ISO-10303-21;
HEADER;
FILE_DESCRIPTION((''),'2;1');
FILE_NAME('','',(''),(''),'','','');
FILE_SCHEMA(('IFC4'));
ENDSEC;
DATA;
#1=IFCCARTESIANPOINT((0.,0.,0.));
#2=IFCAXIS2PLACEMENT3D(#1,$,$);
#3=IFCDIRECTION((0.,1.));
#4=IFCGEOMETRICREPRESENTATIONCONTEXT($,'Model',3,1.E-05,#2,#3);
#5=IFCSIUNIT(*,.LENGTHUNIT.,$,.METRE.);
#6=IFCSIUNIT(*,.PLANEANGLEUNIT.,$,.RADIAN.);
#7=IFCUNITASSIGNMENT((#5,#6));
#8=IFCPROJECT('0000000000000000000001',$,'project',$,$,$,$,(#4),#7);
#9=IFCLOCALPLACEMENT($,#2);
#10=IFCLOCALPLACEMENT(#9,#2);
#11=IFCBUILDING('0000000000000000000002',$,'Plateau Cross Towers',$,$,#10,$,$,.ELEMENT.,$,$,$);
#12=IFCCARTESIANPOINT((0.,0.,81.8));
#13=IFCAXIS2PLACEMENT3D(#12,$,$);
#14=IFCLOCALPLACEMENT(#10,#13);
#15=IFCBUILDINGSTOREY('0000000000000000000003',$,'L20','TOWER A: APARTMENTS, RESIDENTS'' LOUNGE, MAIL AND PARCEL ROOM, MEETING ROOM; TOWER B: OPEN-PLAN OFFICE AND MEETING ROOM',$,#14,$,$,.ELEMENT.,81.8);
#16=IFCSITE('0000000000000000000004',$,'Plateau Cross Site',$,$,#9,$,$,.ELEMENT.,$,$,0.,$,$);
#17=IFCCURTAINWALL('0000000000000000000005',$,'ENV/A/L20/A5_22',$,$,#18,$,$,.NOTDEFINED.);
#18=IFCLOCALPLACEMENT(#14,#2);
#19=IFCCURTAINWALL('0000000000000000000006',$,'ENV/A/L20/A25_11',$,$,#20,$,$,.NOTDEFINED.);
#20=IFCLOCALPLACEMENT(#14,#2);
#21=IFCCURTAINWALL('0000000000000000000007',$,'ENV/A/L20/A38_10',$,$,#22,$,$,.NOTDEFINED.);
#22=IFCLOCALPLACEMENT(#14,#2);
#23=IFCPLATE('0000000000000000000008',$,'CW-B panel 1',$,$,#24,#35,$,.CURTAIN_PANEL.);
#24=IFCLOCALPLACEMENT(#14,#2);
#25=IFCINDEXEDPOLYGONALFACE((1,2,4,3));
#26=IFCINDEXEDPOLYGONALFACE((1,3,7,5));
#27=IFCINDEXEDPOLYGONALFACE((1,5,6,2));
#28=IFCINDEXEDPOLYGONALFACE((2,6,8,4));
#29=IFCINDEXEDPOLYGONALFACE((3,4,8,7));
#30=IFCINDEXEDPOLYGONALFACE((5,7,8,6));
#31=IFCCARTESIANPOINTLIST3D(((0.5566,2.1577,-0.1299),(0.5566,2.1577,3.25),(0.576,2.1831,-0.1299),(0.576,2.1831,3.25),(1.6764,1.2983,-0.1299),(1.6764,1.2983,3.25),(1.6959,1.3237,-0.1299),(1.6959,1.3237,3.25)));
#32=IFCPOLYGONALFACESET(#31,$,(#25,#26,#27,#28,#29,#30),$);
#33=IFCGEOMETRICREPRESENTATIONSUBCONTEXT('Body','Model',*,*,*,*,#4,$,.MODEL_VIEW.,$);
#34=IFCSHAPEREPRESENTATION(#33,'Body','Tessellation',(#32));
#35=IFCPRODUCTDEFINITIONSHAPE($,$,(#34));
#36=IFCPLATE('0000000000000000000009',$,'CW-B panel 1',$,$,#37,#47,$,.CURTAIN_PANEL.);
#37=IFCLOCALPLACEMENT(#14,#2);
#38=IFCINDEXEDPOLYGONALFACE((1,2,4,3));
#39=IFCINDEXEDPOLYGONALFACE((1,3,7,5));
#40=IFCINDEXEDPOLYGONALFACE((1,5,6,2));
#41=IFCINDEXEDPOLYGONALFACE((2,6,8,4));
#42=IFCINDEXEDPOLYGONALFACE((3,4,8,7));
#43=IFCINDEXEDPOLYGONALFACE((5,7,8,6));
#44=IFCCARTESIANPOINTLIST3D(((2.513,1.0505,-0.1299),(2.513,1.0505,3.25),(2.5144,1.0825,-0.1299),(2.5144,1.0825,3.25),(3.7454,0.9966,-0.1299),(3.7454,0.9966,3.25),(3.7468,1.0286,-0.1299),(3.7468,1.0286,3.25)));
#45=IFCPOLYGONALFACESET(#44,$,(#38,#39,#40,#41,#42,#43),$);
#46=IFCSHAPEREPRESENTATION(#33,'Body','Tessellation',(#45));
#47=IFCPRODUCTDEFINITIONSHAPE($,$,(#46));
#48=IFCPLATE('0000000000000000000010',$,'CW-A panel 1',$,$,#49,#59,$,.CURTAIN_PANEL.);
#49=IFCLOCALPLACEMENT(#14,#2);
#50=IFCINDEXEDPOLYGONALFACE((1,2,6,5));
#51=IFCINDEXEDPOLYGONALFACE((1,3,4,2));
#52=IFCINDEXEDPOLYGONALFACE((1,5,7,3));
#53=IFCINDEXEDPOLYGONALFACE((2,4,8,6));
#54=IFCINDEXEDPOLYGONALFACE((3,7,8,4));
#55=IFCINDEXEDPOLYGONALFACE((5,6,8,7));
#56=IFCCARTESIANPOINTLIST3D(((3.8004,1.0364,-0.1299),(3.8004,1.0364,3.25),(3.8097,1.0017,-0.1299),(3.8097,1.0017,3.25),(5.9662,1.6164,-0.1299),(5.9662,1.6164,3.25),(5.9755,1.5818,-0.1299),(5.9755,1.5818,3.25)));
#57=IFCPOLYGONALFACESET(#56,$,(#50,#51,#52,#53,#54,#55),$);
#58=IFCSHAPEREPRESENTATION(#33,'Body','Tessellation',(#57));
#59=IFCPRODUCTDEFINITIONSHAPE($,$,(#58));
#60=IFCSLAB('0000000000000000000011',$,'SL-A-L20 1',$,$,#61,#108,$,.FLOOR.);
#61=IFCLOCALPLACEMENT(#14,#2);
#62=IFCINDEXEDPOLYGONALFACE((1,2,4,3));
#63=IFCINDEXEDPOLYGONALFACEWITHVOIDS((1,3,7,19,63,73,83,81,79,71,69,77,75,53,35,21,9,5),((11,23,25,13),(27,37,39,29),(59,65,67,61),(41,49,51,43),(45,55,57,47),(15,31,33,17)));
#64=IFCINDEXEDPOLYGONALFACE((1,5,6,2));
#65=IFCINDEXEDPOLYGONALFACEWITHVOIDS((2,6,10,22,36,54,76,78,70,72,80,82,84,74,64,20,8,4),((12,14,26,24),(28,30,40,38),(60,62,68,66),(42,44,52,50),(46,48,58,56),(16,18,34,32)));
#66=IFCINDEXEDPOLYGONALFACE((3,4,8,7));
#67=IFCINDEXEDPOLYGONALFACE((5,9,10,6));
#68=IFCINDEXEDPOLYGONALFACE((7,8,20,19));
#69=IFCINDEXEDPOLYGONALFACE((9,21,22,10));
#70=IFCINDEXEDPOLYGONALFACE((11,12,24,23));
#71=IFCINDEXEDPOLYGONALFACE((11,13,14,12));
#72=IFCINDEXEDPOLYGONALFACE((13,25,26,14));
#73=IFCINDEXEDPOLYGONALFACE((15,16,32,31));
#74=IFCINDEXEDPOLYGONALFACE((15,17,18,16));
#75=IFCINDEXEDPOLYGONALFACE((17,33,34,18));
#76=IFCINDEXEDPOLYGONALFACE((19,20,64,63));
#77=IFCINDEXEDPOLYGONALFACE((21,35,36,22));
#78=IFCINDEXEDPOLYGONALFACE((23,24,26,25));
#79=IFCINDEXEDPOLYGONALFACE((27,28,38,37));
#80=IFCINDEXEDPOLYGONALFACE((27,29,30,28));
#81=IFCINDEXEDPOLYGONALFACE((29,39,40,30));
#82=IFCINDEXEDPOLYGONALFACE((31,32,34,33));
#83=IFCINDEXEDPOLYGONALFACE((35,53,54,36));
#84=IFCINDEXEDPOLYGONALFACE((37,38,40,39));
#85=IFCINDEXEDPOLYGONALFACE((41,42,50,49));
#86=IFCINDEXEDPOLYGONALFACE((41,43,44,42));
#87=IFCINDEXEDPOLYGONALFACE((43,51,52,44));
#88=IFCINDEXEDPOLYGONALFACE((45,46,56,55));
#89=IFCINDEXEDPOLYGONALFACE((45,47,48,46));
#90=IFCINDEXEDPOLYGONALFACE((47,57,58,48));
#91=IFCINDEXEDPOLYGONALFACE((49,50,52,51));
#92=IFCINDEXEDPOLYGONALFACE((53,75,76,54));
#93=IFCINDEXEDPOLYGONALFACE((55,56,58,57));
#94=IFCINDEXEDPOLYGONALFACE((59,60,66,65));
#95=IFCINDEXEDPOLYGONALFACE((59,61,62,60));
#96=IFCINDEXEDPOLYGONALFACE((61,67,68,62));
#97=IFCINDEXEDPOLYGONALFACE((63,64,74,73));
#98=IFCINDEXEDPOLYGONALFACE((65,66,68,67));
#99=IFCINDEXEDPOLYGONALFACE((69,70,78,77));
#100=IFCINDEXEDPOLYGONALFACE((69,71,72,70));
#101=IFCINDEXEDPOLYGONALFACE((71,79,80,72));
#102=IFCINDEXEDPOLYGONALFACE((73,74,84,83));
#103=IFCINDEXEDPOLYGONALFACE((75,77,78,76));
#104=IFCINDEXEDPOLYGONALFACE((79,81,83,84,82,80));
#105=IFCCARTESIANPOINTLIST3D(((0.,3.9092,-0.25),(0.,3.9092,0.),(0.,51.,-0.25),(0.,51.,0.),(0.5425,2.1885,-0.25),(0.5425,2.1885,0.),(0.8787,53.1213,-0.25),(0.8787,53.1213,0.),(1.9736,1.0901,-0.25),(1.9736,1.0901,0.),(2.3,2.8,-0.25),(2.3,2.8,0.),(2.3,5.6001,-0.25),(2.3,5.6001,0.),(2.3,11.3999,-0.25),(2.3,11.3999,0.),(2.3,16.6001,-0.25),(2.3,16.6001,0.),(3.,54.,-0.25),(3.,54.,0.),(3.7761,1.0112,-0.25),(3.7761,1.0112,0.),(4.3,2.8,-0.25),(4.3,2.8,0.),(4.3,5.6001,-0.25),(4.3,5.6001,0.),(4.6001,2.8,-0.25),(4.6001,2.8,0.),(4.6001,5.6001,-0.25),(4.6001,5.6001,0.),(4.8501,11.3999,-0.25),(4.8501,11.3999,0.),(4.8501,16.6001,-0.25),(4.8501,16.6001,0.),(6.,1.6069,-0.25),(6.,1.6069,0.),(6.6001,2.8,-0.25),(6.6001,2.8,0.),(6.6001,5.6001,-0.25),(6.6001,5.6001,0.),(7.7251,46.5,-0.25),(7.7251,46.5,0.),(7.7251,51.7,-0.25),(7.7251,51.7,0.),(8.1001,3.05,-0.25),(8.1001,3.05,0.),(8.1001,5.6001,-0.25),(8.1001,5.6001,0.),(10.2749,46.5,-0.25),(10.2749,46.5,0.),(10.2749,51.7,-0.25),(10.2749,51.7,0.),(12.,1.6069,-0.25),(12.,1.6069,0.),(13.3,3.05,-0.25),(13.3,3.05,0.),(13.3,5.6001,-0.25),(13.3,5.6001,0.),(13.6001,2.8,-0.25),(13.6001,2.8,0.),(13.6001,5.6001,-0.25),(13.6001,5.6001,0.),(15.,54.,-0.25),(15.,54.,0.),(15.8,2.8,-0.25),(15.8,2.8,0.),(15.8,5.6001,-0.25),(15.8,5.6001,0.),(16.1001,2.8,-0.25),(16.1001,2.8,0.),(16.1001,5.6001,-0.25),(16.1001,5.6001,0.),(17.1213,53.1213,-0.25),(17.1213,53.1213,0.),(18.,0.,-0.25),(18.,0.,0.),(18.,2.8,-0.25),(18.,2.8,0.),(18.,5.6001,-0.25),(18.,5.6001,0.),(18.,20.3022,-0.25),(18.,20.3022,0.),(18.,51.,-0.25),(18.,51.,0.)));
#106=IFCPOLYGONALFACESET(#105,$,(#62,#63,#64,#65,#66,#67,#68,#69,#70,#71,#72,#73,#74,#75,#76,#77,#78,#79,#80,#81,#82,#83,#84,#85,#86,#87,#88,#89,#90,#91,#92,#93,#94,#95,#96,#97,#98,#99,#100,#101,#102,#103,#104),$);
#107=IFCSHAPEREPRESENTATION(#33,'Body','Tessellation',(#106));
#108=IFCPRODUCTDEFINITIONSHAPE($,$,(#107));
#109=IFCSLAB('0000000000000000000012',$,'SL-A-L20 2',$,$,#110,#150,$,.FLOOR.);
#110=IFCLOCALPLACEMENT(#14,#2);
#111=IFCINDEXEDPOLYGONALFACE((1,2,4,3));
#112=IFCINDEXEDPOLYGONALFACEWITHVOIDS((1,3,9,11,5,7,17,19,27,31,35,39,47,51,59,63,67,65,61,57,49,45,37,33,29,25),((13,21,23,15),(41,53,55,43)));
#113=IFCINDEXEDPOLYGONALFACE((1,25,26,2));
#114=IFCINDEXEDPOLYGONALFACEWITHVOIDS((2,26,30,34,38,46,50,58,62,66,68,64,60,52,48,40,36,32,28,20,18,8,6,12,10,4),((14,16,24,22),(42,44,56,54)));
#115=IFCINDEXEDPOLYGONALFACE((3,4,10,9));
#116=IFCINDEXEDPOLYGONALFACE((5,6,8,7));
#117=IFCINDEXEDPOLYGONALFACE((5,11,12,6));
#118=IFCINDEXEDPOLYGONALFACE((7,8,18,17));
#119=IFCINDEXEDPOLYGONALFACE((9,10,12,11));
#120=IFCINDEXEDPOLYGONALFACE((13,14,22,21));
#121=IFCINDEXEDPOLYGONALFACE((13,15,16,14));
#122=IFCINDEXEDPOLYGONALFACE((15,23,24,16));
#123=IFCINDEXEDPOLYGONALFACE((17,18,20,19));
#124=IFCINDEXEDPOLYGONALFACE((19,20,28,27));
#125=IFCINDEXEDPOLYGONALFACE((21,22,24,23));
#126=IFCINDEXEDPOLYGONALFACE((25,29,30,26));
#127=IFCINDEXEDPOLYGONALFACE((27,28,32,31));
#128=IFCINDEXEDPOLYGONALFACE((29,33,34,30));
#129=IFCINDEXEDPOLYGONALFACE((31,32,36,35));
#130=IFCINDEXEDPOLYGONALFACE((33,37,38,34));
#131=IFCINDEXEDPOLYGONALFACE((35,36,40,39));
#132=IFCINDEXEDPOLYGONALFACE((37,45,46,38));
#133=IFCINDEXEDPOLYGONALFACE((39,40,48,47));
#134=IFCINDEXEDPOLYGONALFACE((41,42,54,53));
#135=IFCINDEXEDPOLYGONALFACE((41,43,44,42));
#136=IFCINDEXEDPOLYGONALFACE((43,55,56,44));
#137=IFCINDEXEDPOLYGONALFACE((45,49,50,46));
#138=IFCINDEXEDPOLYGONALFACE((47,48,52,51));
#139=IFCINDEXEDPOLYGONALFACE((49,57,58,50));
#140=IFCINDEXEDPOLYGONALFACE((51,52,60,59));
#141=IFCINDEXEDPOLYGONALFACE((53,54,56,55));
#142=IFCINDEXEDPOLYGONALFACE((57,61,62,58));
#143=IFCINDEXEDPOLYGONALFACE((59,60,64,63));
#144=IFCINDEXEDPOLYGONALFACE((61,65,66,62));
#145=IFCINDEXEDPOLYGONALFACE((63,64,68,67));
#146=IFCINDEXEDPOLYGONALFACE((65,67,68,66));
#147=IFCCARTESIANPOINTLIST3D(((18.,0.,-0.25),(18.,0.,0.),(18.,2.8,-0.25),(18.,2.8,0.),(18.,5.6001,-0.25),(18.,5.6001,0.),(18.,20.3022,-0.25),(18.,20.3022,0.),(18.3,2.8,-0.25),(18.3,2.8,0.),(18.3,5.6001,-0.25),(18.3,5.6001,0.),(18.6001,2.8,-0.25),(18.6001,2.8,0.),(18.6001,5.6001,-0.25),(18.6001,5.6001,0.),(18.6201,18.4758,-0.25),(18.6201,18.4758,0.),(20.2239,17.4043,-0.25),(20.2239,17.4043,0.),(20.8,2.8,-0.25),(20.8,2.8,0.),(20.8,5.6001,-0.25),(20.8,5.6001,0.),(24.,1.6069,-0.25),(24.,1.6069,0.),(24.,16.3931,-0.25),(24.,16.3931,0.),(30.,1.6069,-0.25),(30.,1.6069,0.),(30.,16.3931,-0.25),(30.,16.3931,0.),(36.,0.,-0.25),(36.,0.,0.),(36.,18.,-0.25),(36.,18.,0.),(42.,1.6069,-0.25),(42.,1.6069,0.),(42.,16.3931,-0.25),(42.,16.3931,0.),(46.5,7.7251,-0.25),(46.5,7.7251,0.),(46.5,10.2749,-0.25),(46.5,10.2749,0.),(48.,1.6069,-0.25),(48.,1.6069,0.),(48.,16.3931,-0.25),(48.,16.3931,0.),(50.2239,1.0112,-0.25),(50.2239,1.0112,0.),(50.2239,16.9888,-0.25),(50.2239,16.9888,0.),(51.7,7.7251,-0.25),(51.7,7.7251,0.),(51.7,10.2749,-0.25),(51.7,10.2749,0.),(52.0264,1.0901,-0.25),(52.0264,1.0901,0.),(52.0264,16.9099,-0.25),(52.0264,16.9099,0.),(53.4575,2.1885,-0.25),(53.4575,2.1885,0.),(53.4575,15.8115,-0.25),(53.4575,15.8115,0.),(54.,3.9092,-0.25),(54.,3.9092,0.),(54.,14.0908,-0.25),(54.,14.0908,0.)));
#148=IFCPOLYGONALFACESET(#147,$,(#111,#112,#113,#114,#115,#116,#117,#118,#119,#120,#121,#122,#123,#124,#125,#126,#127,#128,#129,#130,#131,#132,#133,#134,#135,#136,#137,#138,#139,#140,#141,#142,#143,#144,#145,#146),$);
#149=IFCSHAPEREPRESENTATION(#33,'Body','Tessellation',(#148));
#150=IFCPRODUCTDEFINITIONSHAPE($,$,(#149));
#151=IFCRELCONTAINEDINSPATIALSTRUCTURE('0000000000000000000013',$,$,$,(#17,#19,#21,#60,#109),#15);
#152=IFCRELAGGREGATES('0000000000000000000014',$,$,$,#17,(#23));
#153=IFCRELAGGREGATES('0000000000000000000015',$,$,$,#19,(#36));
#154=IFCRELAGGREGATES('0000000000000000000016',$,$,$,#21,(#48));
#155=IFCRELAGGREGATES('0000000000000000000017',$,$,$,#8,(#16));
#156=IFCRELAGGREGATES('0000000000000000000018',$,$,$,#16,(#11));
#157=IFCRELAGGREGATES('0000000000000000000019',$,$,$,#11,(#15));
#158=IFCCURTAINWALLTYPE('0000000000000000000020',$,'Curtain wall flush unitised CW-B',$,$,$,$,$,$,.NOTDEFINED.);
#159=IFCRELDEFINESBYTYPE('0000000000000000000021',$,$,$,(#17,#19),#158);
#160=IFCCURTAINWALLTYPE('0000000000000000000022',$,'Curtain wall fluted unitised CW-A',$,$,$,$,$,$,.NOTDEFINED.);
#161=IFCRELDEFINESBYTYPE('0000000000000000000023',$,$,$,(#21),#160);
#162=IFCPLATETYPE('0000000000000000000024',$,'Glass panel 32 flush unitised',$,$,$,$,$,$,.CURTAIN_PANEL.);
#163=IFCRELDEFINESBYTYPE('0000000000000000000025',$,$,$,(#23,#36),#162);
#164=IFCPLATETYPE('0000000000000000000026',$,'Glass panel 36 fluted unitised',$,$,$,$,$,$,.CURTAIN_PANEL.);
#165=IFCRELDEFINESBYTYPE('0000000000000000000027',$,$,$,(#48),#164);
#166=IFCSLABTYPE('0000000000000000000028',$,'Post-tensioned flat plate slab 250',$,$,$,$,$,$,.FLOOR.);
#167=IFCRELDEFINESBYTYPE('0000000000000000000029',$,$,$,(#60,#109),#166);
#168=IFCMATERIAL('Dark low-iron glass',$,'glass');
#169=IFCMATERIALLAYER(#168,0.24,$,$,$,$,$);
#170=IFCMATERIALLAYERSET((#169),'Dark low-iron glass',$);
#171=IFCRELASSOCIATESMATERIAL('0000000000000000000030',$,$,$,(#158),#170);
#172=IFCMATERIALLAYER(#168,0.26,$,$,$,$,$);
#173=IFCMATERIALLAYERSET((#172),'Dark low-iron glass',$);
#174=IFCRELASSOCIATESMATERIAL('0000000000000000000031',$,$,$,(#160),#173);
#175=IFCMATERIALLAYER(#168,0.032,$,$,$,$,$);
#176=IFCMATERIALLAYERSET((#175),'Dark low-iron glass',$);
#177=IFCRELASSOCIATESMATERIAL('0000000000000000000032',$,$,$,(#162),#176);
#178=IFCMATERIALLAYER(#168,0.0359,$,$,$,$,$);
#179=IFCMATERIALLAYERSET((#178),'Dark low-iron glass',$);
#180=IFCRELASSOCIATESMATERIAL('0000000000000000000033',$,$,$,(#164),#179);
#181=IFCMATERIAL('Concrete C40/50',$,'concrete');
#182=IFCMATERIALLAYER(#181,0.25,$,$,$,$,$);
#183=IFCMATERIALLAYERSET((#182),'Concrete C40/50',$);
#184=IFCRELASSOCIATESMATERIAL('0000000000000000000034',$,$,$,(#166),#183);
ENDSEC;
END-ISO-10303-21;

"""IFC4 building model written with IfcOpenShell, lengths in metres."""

from ifc_helpers import new_model, si_unit, direction, frame, origin, origin_2d, place, context, subcontext, project, spatial, polyline, rectangle, outline, extrude, material, layer, layer_set, type_object, element, aggregate, save


model = new_model("IFC4")

# Units and contexts
model_context = context("Model", 3, precision=1e-05, world=origin(), true_north=direction((0.0, 1.0)))
body_context = subcontext(model_context, "Body", "Model", "MODEL_VIEW")
ifc_project = project(units=[si_unit("LENGTHUNIT", "METRE"), si_unit("PLANEANGLEUNIT", "RADIAN")], contexts=[model_context])

# Site, building, storey
site_placement = place(None, origin())
site = spatial("IfcSite", under=ifc_project, at=site_placement, Name="Plateau Cross Site", CompositionType="ELEMENT", RefElevation=0.0)
building_placement = place(site_placement, origin())
building = spatial("IfcBuilding", under=site, at=building_placement, Name="Plateau Cross Towers", CompositionType="ELEMENT")
storey_placement = place(building_placement, frame((0.0, 0.0, 81.8)))
storey = spatial("IfcBuildingStorey", under=building, at=storey_placement, Name="L20", Description="TOWER A: APARTMENTS, RESIDENTS' LOUNGE, MAIL AND PARCEL ROOM, MEETING ROOM; TOWER B: OPEN-PLAN OFFICE AND MEETING ROOM", CompositionType="ELEMENT", Elevation=81.8)

# Curtain wall
ifc_material_1 = material(Name="Dark low-iron glass", Category="glass")
ifc_layer_1 = layer(ifc_material_1, 0.24)
ifc_layer_set_1 = layer_set([ifc_layer_1], Name="Dark low-iron glass")
curtain_wall_type_1 = type_object("IfcCurtainWallType", Name="Curtain wall flush unitised CW-B", PredefinedType="NOTDEFINED", material=ifc_layer_set_1)
curtain_wall_1_placement = place(storey_placement, origin())
curtain_wall_1 = element("IfcCurtainWall", 1, at=curtain_wall_1_placement, inside=storey, type_object=curtain_wall_type_1, Name="ENV/A/L20/A5_22", PredefinedType="NOTDEFINED")

# Curtain walls
curtain_wall_2_placement = place(storey_placement, origin())
curtain_wall_2 = element("IfcCurtainWall", 2, at=curtain_wall_2_placement, inside=storey, type_object=curtain_wall_type_1, Name="ENV/A/L20/A25_11", PredefinedType="NOTDEFINED")
ifc_layer_2 = layer(ifc_material_1, 0.26)
ifc_layer_set_2 = layer_set([ifc_layer_2], Name="Dark low-iron glass")
curtain_wall_type_2 = type_object("IfcCurtainWallType", Name="Curtain wall fluted unitised CW-A", PredefinedType="NOTDEFINED", material=ifc_layer_set_2)
curtain_wall_3_placement = place(storey_placement, origin())
curtain_wall_3 = element("IfcCurtainWall", 3, at=curtain_wall_3_placement, inside=storey, type_object=curtain_wall_type_2, Name="ENV/A/L20/A38_10", PredefinedType="NOTDEFINED")

# Shared definitions
ifc_material_2 = material(Name="Concrete C40/50", Category="concrete")

# Plates
ifc_layer_3 = layer(ifc_material_1, 0.032)
ifc_layer_set_3 = layer_set([ifc_layer_3], Name="Dark low-iron glass")
plate_type_1 = type_object("IfcPlateType", Name="Glass panel 32 flush unitised", PredefinedType="CURTAIN_PANEL", material=ifc_layer_set_3)
plate_1_placement = place(storey_placement, frame((1.1262, 1.7407, -0.1299), z_axis=(0.0, 0.0, 1.0), x_axis=(0.793316, -0.608811, 0.0)))
plate_1 = element("IfcPlate", 4, at=plate_1_placement, type_object=plate_type_1, Name="CW-B panel 1", PredefinedType="CURTAIN_PANEL", context=body_context, shape_type="SweptSolid", body=[
    extrude(rectangle(XDim=1.4116, YDim=0.032, at=origin_2d()), origin(), (0.0, 0.0, 1.0), 3.3799),
])
aggregate(curtain_wall_1, [plate_1])
plate_2_placement = place(storey_placement, frame((3.1299, 1.0396, -0.1299), z_axis=(0.0, 0.0, 1.0), x_axis=(0.999044, -0.043723, 0.0)))
plate_2 = element("IfcPlate", 5, at=plate_2_placement, type_object=plate_type_1, Name="CW-B panel 1", PredefinedType="CURTAIN_PANEL", context=body_context, shape_type="SweptSolid", body=[
    extrude(rectangle(XDim=1.2336, YDim=0.032, at=origin_2d()), origin(), (0.0, 0.0, 1.0), 3.3799),
])
aggregate(curtain_wall_2, [plate_2])
ifc_layer_4 = layer(ifc_material_1, 0.0359)
ifc_layer_set_4 = layer_set([ifc_layer_4], Name="Dark low-iron glass")
plate_type_2 = type_object("IfcPlateType", Name="Glass panel 36 fluted unitised", PredefinedType="CURTAIN_PANEL", material=ifc_layer_set_4)
plate_3_placement = place(storey_placement, frame((4.8879, 1.3091, -0.1299), z_axis=(0.0, 0.0, 1.0), x_axis=(0.965958, 0.258699, 0.0)))
plate_3 = element("IfcPlate", 6, at=plate_3_placement, type_object=plate_type_2, Name="CW-A panel 1", PredefinedType="CURTAIN_PANEL", context=body_context, shape_type="SweptSolid", body=[
    extrude(rectangle(XDim=2.2422, YDim=0.0359, at=origin_2d()), origin(), (0.0, 0.0, 1.0), 3.3799),
])
aggregate(curtain_wall_3, [plate_3])

# Slabs
ifc_layer_5 = layer(ifc_material_2, 0.25)
ifc_layer_set_5 = layer_set([ifc_layer_5], Name="Concrete C40/50")
slab_type_1 = type_object("IfcSlabType", Name="Post-tensioned flat plate slab 250", PredefinedType="FLOOR", material=ifc_layer_set_5)
slab_1_placement = place(storey_placement, frame((0.0, 0.0, -0.25)))
element("IfcSlab", 7, at=slab_1_placement, inside=storey, type_object=slab_type_1, Name="SL-A-L20 1", PredefinedType="FLOOR", context=body_context, shape_type="SweptSolid", body=[
    extrude(outline(polyline([(0.5425, 2.1885), (0.0, 3.9092), (0.0, 51.0), (0.8787, 53.1213), (3.0, 54.0), (15.0, 54.0), (17.1213, 53.1213), (18.0, 51.0), (18.0, 20.3022), (18.0, 5.6001), (16.1001, 5.6001), (16.1001, 2.8), (18.0, 2.8), (18.0, 0.0), (12.0, 1.6069), (6.0, 1.6069), (3.7761, 1.0112), (1.9736, 1.0901), (0.5425, 2.1885)]), holes=[polyline([(4.3, 5.6001), (2.3, 5.6001), (2.3, 2.8), (4.3, 2.8), (4.3, 5.6001)]), polyline([(6.6001, 5.6001), (4.6001, 5.6001), (4.6001, 2.8), (6.6001, 2.8), (6.6001, 5.6001)]), polyline([(15.8, 5.6001), (13.6001, 5.6001), (13.6001, 2.8), (15.8, 2.8), (15.8, 5.6001)]), polyline([(13.3, 5.6001), (8.1001, 5.6001), (8.1001, 3.05), (13.3, 3.05), (13.3, 5.6001)]), polyline([(4.8501, 16.6001), (2.3, 16.6001), (2.3, 11.3999), (4.8501, 11.3999), (4.8501, 16.6001)]), polyline([(7.7251, 51.7), (7.7251, 46.5), (10.2749, 46.5), (10.2749, 51.7), (7.7251, 51.7)])]), origin(), (0.0, 0.0, 1.0), 0.25),
])
slab_2_placement = place(storey_placement, frame((0.0, 0.0, -0.25)))
element("IfcSlab", 8, at=slab_2_placement, inside=storey, type_object=slab_type_1, Name="SL-A-L20 2", PredefinedType="FLOOR", context=body_context, shape_type="SweptSolid", body=[
    extrude(outline(polyline([(18.6201, 18.4758), (20.2239, 17.4043), (24.0, 16.3931), (30.0, 16.3931), (36.0, 18.0), (42.0, 16.3931), (48.0, 16.3931), (50.2239, 16.9888), (52.0264, 16.9099), (53.4575, 15.8115), (54.0, 14.0908), (54.0, 3.9092), (53.4575, 2.1885), (52.0264, 1.0901), (50.2239, 1.0112), (48.0, 1.6069), (42.0, 1.6069), (36.0, 0.0), (30.0, 1.6069), (24.0, 1.6069), (18.0, 0.0), (18.0, 2.8), (18.3, 2.8), (18.3, 5.6001), (18.0, 5.6001), (18.0, 20.3022), (18.6201, 18.4758)]), holes=[polyline([(20.8, 5.6001), (18.6001, 5.6001), (18.6001, 2.8), (20.8, 2.8), (20.8, 5.6001)]), polyline([(51.7, 7.7251), (51.7, 10.2749), (46.5, 10.2749), (46.5, 7.7251), (51.7, 7.7251)])]), origin(), (0.0, 0.0, 1.0), 0.25),
])

save(model, "model.ifc")
